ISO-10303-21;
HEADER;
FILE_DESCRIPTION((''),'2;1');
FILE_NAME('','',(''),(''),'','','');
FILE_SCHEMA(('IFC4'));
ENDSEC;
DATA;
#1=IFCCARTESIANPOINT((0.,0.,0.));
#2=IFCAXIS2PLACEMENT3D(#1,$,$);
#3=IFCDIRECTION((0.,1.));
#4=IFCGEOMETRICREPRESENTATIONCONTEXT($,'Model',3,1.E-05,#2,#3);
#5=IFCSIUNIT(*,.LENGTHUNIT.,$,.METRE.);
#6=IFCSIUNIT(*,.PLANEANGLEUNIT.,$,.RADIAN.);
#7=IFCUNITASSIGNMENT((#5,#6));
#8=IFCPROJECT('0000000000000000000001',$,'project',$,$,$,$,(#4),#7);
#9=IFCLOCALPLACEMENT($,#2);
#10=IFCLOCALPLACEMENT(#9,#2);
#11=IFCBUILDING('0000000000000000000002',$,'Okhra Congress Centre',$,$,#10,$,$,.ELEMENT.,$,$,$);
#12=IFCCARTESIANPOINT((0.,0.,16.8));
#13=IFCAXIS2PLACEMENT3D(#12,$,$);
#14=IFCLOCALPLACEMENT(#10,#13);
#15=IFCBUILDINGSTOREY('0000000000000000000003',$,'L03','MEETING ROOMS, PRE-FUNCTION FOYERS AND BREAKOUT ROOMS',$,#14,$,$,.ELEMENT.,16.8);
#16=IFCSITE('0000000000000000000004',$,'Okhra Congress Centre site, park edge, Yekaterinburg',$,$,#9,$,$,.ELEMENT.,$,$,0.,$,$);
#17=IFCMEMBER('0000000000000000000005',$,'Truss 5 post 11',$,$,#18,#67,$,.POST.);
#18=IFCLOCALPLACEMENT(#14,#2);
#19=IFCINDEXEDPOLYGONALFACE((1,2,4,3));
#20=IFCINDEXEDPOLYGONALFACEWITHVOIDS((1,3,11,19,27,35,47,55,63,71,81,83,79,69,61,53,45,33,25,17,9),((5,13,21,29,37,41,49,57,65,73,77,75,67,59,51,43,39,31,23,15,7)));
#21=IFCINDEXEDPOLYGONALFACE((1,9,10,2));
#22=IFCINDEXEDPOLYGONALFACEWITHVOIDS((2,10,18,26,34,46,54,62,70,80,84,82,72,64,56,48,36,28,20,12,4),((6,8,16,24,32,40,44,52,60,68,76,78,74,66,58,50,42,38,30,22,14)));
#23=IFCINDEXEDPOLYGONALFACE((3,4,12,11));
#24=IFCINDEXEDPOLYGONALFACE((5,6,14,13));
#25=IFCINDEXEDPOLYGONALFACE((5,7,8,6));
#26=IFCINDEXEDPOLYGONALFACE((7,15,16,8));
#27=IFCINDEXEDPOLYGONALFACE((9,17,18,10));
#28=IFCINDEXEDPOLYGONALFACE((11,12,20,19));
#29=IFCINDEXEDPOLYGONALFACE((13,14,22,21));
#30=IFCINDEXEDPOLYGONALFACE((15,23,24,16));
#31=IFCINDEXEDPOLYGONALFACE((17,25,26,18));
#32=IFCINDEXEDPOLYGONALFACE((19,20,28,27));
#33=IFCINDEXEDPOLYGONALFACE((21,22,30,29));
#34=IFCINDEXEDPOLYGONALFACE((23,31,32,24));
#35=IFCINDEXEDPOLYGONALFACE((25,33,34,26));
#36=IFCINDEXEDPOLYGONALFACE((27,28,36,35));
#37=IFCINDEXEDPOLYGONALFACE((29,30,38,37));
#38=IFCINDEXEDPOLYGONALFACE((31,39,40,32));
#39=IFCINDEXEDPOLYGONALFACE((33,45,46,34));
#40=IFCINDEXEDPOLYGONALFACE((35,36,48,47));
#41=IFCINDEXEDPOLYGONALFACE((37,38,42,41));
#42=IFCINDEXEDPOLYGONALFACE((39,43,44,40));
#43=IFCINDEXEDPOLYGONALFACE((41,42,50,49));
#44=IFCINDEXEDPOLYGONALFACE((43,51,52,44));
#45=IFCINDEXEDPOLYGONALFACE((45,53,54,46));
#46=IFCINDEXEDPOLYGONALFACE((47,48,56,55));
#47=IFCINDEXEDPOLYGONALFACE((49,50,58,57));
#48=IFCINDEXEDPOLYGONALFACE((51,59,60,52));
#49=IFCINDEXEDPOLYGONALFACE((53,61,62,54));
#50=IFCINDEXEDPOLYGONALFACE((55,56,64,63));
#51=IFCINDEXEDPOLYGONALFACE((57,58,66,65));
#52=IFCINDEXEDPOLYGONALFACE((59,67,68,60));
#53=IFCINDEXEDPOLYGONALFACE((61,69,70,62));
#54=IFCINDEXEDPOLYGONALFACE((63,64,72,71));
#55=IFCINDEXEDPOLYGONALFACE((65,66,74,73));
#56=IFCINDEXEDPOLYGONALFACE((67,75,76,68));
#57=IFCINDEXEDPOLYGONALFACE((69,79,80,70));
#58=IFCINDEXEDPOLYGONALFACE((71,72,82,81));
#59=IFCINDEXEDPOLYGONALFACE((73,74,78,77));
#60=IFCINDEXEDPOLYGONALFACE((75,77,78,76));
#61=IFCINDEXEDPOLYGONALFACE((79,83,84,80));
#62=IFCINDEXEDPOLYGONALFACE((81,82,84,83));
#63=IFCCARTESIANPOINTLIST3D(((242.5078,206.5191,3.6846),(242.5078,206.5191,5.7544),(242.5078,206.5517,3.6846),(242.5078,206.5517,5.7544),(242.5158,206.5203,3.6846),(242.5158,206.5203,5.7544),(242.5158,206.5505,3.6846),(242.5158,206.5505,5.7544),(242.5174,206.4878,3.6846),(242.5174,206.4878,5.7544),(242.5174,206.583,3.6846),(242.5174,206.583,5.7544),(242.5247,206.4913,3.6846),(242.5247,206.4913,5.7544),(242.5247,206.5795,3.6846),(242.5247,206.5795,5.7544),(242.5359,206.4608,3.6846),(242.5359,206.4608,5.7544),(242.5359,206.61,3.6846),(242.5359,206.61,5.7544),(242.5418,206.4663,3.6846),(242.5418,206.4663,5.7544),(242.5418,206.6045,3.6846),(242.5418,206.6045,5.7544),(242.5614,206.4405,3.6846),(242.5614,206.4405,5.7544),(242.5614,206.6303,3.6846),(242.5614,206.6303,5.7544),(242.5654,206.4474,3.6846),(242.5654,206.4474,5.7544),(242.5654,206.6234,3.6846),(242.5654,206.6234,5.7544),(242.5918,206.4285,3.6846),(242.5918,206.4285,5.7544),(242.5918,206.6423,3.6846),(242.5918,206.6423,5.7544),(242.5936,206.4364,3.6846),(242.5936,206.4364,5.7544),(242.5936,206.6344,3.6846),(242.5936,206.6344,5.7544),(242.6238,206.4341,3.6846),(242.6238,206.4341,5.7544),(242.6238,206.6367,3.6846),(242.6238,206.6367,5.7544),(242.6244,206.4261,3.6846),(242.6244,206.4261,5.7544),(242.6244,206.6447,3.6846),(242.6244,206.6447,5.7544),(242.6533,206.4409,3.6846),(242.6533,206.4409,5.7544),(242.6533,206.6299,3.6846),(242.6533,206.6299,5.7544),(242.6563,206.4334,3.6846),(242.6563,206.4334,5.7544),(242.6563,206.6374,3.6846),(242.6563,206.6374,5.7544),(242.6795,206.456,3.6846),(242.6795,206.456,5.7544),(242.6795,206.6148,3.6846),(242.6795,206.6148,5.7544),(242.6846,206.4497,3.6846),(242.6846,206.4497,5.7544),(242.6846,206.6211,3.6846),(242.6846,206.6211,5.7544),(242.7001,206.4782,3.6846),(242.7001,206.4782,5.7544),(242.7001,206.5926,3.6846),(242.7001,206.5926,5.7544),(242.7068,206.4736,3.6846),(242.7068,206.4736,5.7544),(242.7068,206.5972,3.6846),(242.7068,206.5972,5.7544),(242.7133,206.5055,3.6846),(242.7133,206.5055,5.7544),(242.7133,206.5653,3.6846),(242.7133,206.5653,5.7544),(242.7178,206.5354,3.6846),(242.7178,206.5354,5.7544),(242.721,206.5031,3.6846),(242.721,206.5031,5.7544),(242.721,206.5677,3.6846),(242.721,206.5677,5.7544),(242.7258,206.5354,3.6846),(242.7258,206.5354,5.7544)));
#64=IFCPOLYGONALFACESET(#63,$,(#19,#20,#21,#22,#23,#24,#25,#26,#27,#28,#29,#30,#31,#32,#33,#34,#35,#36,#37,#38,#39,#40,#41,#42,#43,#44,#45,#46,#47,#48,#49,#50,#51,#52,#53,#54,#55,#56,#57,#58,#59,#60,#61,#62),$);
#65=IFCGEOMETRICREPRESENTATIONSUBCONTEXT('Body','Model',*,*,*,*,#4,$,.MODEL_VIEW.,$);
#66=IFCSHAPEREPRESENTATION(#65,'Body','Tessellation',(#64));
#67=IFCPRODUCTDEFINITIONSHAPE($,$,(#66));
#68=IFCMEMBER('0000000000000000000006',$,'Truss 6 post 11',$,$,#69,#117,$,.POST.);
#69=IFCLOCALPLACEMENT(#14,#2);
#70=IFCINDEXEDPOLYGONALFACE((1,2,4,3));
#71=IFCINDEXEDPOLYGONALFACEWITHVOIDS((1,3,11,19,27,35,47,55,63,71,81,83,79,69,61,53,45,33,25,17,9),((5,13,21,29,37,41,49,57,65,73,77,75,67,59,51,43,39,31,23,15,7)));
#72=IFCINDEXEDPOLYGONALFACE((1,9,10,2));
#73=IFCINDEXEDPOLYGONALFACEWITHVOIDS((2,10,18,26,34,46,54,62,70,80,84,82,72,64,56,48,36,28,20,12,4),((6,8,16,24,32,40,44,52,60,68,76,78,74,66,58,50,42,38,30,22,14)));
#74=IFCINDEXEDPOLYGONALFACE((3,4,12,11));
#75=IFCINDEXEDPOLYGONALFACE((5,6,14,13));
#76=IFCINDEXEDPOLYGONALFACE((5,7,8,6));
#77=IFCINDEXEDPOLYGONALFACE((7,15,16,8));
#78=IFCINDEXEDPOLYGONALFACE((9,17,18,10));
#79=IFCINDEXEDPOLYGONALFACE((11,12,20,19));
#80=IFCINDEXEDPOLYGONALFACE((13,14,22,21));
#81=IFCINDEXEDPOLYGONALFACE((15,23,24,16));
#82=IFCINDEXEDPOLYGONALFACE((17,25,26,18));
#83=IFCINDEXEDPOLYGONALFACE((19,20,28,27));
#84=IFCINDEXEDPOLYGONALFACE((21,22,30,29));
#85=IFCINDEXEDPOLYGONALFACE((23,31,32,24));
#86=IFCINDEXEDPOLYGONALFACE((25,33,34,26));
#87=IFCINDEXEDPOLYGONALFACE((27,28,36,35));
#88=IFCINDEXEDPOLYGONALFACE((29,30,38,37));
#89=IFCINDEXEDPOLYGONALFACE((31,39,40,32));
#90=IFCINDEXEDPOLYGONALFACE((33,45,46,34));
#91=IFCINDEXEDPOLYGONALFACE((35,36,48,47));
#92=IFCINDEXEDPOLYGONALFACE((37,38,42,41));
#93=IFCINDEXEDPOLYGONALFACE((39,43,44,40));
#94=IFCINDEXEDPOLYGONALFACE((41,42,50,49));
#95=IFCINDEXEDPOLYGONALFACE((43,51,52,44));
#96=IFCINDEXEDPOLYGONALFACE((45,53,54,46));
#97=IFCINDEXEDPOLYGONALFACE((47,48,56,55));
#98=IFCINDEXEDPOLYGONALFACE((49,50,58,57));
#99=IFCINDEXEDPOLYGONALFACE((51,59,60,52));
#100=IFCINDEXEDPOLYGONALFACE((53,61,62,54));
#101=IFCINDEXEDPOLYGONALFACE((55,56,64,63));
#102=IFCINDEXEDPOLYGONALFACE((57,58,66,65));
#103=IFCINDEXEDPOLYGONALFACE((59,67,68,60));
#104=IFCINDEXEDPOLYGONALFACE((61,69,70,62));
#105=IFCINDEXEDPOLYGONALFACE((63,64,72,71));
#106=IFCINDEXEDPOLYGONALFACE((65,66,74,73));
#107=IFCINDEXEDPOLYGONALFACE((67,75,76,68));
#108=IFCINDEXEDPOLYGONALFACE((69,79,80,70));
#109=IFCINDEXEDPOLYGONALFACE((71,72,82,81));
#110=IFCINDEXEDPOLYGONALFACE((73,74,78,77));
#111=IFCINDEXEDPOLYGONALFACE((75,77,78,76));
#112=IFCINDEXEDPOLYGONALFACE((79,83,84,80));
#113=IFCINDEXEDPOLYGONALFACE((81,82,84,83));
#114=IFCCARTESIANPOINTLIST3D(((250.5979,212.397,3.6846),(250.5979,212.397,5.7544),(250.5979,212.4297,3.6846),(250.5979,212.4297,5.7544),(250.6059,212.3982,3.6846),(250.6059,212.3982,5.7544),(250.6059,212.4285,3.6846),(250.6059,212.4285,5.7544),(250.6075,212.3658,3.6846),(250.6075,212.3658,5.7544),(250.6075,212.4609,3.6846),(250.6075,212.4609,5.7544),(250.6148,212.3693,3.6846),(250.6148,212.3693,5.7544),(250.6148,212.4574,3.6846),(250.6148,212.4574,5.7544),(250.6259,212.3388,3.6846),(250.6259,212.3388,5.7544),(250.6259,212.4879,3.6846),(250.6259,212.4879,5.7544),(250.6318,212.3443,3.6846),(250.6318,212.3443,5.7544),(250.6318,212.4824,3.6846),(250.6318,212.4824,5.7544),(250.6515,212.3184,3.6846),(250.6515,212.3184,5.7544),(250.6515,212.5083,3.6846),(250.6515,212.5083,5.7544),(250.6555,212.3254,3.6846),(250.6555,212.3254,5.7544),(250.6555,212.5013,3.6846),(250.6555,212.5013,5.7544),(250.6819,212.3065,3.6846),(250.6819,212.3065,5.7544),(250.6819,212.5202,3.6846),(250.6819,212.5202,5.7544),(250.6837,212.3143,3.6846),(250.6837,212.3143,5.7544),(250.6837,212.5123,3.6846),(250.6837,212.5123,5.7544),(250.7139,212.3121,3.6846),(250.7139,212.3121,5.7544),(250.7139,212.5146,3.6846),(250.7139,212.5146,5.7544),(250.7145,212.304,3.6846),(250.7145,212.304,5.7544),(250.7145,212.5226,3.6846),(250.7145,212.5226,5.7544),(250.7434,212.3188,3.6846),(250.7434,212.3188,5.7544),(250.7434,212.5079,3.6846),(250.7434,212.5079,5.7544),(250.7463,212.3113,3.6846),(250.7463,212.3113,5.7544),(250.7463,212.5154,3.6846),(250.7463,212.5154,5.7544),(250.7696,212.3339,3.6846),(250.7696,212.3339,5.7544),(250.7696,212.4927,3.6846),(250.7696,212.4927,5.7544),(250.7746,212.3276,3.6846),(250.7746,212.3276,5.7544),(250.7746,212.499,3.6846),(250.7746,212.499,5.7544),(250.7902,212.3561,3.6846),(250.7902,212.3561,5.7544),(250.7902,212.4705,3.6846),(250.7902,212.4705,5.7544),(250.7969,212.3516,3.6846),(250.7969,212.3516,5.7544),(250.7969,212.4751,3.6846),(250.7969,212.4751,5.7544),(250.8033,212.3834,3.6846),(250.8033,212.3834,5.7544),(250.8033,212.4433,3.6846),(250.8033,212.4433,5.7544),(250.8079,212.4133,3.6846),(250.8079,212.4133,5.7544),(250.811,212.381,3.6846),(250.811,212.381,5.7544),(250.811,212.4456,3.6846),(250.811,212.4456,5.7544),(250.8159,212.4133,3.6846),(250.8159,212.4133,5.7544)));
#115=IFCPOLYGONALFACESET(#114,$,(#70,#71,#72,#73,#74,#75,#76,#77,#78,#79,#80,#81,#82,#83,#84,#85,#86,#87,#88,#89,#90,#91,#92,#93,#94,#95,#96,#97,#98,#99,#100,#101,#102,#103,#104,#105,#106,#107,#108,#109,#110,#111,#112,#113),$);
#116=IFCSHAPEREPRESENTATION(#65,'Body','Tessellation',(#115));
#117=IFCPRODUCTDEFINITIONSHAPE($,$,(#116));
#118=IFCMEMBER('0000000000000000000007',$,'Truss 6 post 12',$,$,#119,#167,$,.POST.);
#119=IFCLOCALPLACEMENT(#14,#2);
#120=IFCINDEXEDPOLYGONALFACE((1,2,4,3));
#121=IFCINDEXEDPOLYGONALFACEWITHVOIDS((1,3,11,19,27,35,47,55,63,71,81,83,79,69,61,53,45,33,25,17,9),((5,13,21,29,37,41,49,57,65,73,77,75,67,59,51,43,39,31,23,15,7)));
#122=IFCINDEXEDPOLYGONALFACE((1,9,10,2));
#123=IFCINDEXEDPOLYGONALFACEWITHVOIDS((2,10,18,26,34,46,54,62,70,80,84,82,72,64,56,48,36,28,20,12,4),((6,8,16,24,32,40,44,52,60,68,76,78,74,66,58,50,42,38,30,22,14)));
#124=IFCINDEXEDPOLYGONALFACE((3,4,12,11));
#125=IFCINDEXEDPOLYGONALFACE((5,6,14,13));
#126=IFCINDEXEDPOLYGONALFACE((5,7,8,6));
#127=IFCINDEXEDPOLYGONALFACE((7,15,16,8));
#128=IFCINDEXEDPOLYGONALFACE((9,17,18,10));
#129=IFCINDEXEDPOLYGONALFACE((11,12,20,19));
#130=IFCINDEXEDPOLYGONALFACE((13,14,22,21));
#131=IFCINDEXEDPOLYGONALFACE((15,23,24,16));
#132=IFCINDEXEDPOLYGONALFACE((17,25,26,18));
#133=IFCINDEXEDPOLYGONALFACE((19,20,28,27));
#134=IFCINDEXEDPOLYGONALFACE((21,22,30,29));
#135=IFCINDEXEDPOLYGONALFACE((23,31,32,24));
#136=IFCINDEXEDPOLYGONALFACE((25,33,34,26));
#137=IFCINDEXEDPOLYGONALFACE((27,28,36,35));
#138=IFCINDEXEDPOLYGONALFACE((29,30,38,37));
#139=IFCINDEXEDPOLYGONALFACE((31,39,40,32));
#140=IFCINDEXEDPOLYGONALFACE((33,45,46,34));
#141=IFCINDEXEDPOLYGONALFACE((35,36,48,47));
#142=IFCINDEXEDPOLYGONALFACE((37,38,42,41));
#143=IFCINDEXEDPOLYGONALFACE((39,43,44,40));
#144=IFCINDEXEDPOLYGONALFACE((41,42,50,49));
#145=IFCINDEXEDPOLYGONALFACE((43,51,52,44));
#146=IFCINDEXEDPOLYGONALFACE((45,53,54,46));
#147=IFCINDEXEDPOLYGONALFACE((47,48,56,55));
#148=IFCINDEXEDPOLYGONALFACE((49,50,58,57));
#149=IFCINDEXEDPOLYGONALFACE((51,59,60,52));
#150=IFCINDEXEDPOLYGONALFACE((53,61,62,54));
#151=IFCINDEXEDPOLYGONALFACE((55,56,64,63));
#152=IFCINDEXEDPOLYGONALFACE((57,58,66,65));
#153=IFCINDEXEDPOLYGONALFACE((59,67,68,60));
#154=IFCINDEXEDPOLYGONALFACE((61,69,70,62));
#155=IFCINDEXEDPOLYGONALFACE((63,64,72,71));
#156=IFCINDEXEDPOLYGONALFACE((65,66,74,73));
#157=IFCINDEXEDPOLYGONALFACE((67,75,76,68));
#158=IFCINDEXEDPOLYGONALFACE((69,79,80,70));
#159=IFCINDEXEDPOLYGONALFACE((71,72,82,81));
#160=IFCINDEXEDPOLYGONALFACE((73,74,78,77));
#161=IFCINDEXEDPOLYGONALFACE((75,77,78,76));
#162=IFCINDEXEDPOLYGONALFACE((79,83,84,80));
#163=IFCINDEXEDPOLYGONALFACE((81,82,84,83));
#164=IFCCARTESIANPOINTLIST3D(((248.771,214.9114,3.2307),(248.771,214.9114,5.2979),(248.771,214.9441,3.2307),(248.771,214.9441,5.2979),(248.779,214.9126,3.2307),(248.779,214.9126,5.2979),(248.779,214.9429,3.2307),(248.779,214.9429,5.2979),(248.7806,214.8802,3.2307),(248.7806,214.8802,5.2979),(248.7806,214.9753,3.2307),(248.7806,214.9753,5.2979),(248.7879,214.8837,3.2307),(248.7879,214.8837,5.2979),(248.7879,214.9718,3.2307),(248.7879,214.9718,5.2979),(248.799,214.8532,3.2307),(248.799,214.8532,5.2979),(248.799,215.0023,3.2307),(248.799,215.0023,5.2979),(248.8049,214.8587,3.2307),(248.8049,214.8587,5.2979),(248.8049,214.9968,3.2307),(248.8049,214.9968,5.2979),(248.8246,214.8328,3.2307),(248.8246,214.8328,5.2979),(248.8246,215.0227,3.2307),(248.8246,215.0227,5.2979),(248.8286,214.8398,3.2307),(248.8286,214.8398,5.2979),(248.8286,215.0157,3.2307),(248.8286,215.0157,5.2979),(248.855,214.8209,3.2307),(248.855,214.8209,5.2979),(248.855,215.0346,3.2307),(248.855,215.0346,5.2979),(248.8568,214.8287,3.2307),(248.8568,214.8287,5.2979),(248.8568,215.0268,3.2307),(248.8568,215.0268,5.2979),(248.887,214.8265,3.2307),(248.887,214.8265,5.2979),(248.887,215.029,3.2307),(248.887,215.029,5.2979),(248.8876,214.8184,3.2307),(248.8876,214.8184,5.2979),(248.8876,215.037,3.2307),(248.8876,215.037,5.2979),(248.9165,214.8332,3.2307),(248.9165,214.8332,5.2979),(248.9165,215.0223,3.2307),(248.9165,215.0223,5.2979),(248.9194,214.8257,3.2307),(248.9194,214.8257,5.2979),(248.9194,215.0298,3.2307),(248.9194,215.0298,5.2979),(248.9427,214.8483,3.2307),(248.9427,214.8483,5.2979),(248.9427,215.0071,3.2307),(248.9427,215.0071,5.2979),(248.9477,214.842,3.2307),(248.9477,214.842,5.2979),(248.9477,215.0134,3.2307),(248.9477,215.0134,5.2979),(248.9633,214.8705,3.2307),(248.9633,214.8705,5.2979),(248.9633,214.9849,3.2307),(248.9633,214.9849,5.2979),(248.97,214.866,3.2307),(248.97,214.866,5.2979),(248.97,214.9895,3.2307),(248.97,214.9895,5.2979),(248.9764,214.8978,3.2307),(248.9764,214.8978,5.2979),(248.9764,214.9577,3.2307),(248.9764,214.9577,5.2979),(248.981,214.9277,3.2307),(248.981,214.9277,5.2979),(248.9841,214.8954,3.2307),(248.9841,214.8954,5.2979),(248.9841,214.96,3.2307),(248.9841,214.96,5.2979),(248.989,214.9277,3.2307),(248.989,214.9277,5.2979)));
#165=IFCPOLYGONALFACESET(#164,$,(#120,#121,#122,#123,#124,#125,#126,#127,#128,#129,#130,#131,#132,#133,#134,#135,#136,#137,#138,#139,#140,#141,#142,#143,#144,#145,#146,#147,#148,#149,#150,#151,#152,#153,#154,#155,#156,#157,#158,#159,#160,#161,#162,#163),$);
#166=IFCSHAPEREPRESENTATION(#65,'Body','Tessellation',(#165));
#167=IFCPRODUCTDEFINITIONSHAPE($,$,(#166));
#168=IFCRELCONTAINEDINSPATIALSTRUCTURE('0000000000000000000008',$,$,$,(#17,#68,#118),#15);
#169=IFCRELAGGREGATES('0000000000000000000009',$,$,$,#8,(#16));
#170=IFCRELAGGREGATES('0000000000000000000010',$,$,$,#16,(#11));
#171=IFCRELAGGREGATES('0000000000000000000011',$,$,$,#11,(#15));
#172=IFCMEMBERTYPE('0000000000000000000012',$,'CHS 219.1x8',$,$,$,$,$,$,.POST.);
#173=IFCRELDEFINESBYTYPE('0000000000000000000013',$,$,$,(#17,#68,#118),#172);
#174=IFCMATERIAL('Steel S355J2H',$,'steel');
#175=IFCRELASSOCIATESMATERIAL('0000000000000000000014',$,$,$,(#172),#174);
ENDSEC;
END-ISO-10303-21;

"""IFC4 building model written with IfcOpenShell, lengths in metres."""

from ifc_helpers import new_model, si_unit, direction, frame, origin, origin_2d, place, context, subcontext, project, spatial, hollow_circle, extrude, material, material_profile, profile_set, type_object, element, save


model = new_model("IFC4")

# Units and contexts
model_context = context("Model", 3, precision=1e-05, world=origin(), true_north=direction((0.0, 1.0)))
body_context = subcontext(model_context, "Body", "Model", "MODEL_VIEW")
ifc_project = project(units=[si_unit("LENGTHUNIT", "METRE"), si_unit("PLANEANGLEUNIT", "RADIAN")], contexts=[model_context])

# Site, building, storey
site_placement = place(None, origin())
site = spatial("IfcSite", under=ifc_project, at=site_placement, Name="Okhra Congress Centre site, park edge, Yekaterinburg", CompositionType="ELEMENT", RefElevation=0.0)
building_placement = place(site_placement, origin())
building = spatial("IfcBuilding", under=site, at=building_placement, Name="Okhra Congress Centre", CompositionType="ELEMENT")
storey_placement = place(building_placement, frame((0.0, 0.0, 16.8)))
storey = spatial("IfcBuildingStorey", under=building, at=storey_placement, Name="L03", Description="MEETING ROOMS, PRE-FUNCTION FOYERS AND BREAKOUT ROOMS", CompositionType="ELEMENT", Elevation=16.8)

# Members
ifc_material_1 = material(Name="Steel S355J2H", Category="steel")
ifc_material_profile_1 = material_profile(ifc_material_1, hollow_circle(Radius=0.1096, WallThickness=0.0081, at=origin_2d()), Name="CHS 219.1x8")
ifc_profile_set_1 = profile_set([ifc_material_profile_1], Name="Steel S355J2H")
member_type_1 = type_object("IfcMemberType", Name="CHS 219.1x8", PredefinedType="POST", material=ifc_profile_set_1)
for number, where, z_axis, x_axis, name in (
    (1, (242.6162, 206.5354, 3.6846), (0.0, 0.0, 1.0), (1.0, 0.0, 0.0), "Truss 5 post 11"),
    (2, (250.7063, 212.4133, 3.6846), (0.0, 0.0, 1.0), (1.0, 0.0, 0.0), "Truss 6 post 11"),
):
    element("IfcMember", number, at=place(storey_placement, frame(where, z_axis=z_axis, x_axis=x_axis)), inside=storey, type_object=member_type_1, Name=name, PredefinedType="POST", context=body_context, shape_type="SweptSolid", body=[
        extrude(hollow_circle(Radius=0.1096, WallThickness=0.0081, at=origin_2d()), origin(), (0.0, 0.0, 1.0), 2.0698),
    ])
member_1_placement = place(storey_placement, frame((248.8794, 214.9277, 3.2307), z_axis=(0.0, 0.0, 1.0), x_axis=(1.0, 0.0, 0.0)))
element("IfcMember", 3, at=member_1_placement, inside=storey, type_object=member_type_1, Name="Truss 6 post 12", PredefinedType="POST", context=body_context, shape_type="SweptSolid", body=[
    extrude(hollow_circle(Radius=0.1096, WallThickness=0.0081, at=origin_2d()), origin(), (0.0, 0.0, 1.0), 2.0671),
])

save(model, "model.ifc")
